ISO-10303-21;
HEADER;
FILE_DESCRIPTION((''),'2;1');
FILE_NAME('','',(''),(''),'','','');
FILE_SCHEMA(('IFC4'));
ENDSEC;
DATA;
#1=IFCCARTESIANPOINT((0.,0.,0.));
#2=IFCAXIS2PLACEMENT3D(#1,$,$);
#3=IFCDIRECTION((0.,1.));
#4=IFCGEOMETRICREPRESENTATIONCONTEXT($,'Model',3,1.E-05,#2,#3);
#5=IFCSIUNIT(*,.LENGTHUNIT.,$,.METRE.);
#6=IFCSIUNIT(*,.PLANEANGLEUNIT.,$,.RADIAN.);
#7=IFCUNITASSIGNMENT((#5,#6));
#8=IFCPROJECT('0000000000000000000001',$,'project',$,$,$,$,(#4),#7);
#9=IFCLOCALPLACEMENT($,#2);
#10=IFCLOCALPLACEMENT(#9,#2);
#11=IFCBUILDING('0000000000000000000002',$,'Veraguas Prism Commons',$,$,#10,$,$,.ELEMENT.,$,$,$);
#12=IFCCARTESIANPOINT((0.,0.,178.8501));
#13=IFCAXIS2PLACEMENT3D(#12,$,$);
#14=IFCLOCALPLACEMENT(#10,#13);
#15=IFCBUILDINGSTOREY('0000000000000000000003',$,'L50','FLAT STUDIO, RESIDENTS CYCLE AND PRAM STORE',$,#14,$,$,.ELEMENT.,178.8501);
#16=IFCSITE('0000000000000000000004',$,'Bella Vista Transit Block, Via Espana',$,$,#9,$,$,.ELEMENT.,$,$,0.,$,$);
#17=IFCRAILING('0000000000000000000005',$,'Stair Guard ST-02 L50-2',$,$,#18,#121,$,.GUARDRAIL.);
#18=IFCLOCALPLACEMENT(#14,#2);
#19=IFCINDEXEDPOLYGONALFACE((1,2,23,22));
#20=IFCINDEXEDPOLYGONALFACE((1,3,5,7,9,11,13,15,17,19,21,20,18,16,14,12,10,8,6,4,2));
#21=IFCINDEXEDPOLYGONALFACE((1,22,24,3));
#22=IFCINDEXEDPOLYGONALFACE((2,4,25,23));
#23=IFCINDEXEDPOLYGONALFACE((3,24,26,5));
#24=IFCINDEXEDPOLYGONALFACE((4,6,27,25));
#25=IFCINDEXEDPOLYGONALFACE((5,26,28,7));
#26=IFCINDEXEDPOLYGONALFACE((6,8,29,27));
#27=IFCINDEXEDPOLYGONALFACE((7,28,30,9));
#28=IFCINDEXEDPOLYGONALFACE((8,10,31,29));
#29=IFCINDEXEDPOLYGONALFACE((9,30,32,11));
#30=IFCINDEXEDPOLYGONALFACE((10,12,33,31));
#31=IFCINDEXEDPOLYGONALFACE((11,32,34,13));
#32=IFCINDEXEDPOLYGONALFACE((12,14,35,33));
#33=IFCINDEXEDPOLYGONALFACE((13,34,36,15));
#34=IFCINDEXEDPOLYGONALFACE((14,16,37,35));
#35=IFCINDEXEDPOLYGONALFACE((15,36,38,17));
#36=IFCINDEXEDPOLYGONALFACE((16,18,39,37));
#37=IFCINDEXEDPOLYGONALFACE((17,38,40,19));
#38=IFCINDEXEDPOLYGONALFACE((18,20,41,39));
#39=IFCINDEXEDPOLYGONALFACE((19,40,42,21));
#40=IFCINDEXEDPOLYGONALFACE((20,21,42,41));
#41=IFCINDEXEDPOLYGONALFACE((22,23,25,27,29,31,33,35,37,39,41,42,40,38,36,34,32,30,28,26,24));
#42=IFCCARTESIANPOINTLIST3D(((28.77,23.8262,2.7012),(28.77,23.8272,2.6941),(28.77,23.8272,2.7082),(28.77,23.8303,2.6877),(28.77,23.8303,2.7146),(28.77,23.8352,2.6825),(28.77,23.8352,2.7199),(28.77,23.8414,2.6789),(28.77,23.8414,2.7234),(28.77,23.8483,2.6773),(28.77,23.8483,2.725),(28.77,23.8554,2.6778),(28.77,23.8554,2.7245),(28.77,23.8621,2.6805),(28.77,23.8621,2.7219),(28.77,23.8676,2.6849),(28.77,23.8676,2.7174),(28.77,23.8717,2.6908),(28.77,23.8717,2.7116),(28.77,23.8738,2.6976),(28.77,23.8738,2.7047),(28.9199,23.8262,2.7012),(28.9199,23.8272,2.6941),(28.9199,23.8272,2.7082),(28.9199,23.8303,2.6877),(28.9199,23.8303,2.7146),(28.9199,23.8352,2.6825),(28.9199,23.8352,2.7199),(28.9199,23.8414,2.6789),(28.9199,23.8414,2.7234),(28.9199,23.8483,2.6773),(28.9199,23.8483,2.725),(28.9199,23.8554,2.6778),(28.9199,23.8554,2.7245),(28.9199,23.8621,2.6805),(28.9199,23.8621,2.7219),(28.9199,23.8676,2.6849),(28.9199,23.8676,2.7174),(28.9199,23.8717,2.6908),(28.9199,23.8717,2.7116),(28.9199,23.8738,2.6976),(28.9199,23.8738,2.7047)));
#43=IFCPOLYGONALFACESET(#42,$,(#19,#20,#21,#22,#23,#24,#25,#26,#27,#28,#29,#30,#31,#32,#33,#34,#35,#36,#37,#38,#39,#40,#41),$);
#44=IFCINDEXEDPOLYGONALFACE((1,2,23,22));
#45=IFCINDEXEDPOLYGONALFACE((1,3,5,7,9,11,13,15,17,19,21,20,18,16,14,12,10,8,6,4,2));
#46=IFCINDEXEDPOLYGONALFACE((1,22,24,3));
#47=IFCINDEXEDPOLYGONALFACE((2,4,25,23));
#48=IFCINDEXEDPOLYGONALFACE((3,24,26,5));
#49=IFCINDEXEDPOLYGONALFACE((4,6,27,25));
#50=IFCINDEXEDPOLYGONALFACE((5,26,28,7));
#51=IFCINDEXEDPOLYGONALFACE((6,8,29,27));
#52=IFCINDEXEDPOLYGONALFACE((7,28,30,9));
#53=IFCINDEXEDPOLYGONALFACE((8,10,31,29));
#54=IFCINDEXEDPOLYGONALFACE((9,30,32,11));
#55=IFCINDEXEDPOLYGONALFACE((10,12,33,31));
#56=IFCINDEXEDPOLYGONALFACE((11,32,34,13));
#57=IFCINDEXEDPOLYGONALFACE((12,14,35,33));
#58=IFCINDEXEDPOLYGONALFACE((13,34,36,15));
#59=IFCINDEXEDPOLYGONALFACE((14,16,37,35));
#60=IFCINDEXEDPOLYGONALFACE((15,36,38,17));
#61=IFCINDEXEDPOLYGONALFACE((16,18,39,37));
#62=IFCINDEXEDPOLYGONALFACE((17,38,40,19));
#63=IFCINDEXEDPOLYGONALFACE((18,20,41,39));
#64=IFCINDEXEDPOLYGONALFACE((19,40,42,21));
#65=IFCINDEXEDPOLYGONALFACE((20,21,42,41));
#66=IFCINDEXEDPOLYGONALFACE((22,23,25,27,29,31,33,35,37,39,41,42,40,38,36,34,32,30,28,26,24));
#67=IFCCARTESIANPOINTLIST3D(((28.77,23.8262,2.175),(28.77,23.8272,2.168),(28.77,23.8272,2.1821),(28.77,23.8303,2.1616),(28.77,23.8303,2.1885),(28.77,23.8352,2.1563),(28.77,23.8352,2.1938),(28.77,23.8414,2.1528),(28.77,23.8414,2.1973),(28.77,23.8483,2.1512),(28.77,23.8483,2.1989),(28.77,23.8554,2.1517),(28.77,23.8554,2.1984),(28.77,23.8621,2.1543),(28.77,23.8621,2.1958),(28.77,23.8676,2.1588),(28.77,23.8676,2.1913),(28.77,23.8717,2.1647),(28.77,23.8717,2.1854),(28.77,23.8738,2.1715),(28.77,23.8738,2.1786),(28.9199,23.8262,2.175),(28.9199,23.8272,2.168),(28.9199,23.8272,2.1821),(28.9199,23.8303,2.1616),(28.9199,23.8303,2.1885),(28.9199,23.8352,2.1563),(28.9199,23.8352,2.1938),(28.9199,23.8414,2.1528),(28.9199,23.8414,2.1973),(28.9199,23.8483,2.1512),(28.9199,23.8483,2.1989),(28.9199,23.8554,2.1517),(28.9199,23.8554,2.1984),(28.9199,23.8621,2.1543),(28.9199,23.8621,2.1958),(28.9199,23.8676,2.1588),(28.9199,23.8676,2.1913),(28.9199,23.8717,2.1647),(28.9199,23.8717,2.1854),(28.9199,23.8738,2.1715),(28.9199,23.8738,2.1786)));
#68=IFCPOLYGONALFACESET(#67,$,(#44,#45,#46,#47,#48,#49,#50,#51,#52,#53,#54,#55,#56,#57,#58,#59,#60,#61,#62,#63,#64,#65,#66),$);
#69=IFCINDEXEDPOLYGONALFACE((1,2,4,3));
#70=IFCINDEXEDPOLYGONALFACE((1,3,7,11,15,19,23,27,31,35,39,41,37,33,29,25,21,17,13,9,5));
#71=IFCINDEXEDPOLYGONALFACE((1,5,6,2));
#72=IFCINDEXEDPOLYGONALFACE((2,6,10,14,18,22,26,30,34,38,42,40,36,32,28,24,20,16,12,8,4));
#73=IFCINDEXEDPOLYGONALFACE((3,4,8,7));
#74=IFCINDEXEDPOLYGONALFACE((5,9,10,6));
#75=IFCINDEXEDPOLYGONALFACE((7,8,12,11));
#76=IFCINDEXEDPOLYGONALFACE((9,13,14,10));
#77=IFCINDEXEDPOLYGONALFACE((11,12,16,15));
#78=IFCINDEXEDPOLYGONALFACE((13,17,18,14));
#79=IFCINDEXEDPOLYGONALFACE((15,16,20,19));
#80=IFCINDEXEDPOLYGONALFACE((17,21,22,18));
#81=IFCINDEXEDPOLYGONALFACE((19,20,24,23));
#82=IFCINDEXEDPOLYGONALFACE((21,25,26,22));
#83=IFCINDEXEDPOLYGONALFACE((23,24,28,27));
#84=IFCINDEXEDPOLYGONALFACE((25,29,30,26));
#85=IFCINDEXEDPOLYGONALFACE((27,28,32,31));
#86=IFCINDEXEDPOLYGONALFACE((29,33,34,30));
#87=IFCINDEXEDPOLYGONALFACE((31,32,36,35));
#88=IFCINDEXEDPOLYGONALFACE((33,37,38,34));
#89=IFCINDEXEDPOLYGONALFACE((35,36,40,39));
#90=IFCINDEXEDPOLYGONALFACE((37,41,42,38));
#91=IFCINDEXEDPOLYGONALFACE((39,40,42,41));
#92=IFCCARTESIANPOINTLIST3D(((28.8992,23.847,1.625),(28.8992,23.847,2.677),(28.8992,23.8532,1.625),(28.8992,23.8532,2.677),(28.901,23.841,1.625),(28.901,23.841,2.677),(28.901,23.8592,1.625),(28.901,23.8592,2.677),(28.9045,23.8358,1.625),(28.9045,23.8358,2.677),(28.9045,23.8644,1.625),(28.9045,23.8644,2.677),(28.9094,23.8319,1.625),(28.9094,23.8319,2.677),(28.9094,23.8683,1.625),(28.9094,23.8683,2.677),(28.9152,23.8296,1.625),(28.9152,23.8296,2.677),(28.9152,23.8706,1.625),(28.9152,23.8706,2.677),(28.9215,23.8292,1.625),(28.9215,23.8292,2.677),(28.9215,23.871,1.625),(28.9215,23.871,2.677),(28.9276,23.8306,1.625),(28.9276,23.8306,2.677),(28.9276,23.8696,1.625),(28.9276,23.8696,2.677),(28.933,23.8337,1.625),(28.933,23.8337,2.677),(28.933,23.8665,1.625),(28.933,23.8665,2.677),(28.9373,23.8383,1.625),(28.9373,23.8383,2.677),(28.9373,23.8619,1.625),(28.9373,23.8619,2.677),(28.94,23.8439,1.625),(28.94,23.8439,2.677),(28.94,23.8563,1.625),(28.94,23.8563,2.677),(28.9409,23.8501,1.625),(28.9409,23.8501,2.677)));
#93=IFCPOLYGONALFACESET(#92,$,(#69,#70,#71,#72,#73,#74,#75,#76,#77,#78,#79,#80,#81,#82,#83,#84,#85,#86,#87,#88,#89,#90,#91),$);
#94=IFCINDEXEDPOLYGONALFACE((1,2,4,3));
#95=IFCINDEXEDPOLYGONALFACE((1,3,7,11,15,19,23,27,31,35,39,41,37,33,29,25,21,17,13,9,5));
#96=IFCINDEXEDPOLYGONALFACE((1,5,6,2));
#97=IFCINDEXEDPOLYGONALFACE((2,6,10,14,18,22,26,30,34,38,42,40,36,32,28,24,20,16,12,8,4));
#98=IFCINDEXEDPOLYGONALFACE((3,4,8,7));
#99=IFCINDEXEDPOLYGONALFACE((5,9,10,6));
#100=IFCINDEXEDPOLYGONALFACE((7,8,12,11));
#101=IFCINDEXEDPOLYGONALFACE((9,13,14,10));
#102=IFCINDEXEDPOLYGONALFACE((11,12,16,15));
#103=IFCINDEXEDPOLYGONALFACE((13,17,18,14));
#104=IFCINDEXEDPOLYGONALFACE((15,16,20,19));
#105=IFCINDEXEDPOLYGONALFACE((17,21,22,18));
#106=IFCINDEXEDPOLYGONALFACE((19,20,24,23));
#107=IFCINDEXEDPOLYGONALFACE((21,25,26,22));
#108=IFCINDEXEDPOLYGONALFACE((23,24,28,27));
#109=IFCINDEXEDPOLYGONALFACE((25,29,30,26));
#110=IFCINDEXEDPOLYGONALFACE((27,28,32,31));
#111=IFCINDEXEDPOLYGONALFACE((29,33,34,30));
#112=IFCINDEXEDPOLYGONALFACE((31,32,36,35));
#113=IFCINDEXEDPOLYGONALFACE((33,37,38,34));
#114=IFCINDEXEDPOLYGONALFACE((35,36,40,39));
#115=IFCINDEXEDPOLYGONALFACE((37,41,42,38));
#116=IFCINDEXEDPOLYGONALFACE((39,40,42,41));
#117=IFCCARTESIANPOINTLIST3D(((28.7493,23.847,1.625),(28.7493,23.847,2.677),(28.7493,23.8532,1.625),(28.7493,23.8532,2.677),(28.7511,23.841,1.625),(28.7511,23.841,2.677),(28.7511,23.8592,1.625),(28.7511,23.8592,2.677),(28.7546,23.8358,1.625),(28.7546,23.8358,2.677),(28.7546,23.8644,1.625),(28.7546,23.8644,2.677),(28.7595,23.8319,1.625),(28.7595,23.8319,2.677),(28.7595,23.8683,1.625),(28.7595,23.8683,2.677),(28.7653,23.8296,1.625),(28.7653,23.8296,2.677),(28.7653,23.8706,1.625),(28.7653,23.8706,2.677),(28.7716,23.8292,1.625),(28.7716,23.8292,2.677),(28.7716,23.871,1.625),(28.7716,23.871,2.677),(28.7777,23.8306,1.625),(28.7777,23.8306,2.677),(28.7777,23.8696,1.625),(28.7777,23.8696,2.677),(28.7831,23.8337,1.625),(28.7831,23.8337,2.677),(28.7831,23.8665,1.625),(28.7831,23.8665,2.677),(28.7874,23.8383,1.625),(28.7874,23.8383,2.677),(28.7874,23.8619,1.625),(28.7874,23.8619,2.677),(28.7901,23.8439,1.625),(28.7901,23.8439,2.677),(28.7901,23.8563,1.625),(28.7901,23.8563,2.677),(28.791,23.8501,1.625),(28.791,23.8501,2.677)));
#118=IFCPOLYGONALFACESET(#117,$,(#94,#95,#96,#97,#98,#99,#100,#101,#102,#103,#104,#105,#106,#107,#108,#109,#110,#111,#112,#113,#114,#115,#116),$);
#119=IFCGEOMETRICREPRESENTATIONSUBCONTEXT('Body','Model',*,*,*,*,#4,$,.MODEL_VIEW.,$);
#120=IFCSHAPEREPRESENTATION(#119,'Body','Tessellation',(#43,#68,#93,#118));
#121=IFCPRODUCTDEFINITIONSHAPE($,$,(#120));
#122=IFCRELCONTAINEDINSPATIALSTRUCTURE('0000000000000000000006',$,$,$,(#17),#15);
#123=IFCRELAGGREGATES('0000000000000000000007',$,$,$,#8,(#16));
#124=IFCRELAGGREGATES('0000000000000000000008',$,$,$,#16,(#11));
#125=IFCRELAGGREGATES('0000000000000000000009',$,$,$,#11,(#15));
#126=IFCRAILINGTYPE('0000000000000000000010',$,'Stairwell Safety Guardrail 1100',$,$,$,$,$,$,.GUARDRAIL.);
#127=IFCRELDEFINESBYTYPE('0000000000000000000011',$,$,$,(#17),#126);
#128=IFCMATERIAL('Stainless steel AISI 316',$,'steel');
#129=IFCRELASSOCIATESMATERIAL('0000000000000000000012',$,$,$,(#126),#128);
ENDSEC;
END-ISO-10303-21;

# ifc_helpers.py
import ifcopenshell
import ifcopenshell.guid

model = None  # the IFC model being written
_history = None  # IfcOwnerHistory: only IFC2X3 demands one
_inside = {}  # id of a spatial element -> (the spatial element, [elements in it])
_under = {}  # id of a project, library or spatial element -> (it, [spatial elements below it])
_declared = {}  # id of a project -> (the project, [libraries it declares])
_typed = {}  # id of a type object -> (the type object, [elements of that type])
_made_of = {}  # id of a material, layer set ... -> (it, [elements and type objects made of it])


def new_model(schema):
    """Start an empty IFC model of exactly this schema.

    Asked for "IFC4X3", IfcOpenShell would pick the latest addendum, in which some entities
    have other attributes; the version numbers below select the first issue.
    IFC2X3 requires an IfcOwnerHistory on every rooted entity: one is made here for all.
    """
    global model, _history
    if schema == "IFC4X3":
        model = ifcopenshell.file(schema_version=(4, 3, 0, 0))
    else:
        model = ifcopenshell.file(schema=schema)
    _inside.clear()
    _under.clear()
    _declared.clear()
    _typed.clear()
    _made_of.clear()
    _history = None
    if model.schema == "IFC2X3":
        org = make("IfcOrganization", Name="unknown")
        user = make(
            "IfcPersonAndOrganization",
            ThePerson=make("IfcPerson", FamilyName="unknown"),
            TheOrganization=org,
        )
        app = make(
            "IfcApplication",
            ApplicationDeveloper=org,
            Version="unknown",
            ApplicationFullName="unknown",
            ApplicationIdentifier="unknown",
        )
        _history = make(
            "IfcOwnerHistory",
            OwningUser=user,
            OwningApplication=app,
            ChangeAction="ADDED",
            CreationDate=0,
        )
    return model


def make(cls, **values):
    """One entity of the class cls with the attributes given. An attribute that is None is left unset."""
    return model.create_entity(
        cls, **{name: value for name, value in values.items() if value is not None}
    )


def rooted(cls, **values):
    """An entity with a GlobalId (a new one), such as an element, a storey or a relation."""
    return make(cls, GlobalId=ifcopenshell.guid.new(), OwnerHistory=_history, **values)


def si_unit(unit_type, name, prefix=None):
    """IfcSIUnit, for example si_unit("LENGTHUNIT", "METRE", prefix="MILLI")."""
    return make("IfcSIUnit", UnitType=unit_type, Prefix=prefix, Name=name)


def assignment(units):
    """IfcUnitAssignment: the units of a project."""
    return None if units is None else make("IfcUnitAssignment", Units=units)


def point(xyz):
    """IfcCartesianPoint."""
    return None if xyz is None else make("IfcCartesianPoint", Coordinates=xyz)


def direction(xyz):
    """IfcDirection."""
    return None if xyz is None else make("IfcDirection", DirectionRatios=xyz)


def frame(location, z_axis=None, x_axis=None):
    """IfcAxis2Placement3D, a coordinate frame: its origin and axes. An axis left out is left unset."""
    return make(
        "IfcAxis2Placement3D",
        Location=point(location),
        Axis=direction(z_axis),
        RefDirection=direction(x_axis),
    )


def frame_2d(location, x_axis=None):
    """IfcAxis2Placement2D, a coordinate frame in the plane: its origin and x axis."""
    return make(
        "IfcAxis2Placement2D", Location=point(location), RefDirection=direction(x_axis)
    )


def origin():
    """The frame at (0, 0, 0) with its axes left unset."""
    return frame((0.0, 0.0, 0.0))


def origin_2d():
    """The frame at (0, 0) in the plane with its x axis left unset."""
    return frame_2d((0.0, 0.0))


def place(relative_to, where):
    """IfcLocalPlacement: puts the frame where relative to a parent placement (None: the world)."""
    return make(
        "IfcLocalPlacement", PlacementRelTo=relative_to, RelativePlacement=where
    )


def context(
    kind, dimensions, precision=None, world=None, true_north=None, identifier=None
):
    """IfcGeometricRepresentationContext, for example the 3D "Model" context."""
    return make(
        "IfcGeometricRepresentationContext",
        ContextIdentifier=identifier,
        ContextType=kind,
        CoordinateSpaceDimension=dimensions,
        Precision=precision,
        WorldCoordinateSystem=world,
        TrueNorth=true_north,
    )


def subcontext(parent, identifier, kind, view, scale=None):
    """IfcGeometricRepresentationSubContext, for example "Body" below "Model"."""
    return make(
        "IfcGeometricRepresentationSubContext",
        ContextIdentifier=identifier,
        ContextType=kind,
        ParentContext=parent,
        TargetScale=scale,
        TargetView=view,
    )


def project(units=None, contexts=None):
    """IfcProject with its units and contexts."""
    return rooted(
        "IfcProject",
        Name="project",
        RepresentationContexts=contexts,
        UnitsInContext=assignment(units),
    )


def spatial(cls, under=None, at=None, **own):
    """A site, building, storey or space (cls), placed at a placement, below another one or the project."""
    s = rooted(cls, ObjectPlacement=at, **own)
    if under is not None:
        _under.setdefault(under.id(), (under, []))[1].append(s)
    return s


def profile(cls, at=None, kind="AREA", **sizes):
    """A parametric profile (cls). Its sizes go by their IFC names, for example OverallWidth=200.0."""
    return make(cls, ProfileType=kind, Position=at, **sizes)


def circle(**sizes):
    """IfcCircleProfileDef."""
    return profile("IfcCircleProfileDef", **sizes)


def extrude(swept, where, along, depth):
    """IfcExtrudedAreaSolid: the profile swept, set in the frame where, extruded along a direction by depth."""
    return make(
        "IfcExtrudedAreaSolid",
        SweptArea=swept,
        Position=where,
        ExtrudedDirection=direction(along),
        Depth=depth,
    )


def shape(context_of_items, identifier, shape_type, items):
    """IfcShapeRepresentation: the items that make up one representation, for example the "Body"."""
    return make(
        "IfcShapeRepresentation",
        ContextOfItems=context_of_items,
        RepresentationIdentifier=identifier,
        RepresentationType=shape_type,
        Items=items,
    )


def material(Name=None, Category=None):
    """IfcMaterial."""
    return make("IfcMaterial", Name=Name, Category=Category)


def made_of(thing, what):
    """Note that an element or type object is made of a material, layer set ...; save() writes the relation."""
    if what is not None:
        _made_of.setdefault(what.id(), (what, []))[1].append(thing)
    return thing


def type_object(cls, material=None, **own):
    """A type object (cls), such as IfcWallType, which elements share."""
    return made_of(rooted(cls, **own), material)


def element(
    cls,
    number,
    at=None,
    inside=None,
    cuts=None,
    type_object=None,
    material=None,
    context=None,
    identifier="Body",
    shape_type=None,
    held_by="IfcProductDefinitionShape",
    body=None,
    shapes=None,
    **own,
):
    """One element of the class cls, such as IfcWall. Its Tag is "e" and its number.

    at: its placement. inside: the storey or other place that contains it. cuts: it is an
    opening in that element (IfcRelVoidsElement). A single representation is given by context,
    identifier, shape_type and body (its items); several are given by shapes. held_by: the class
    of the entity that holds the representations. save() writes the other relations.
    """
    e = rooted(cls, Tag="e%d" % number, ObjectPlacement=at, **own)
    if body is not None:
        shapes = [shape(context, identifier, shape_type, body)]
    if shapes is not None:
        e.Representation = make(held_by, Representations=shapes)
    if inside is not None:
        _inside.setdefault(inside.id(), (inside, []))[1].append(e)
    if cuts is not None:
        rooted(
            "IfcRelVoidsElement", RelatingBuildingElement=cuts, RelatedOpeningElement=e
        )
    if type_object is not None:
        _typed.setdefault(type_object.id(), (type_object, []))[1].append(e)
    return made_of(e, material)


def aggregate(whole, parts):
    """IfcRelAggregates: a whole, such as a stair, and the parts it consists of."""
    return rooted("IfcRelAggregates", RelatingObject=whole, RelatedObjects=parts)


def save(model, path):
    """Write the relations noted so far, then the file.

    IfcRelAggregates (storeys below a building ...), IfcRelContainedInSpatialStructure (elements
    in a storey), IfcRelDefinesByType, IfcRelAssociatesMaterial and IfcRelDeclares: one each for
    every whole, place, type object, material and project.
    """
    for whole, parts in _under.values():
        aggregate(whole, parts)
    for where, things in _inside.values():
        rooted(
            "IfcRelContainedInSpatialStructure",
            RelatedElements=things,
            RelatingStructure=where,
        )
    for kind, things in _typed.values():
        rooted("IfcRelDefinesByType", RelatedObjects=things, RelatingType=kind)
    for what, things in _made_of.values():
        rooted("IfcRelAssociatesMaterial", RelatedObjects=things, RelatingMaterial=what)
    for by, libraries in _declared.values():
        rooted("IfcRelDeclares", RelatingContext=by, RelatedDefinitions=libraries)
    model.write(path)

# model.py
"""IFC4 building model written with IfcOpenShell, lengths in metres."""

from ifc_helpers import new_model, si_unit, direction, frame, origin, origin_2d, place, context, subcontext, project, spatial, circle, extrude, material, type_object, element, save


model = new_model("IFC4")

# Units and contexts
model_context = context("Model", 3, precision=1e-05, world=origin(), true_north=direction((0.0, 1.0)))
body_context = subcontext(model_context, "Body", "Model", "MODEL_VIEW")
ifc_project = project(units=[si_unit("LENGTHUNIT", "METRE"), si_unit("PLANEANGLEUNIT", "RADIAN")], contexts=[model_context])

# Site, building, storey
site_placement = place(None, origin())
site = spatial("IfcSite", under=ifc_project, at=site_placement, Name="Bella Vista Transit Block, Via Espana", CompositionType="ELEMENT", RefElevation=0.0)
building_placement = place(site_placement, origin())
building = spatial("IfcBuilding", under=site, at=building_placement, Name="Veraguas Prism Commons", CompositionType="ELEMENT")
storey_placement = place(building_placement, frame((0.0, 0.0, 178.8501)))
storey = spatial("IfcBuildingStorey", under=building, at=storey_placement, Name="L50", Description="FLAT STUDIO, RESIDENTS CYCLE AND PRAM STORE", CompositionType="ELEMENT", Elevation=178.8501)

# Shared definitions
ifc_material_1 = material(Name="Stainless steel AISI 316", Category="steel")

# Railing
railing_type_1 = type_object("IfcRailingType", Name="Stairwell Safety Guardrail 1100", PredefinedType="GUARDRAIL", material=ifc_material_1)
railing_1_placement = place(storey_placement, frame((28.9199, 23.8501, 1.625)))
element("IfcRailing", 1, at=railing_1_placement, inside=storey, type_object=railing_type_1, Name="Stair Guard ST-02 L50-2", PredefinedType="GUARDRAIL", context=body_context, shape_type="SweptSolid", body=[
    extrude(circle(Radius=0.0239, at=origin_2d()), frame((0.0, 0.0, 1.0762), z_axis=(-1.0, 0.0, 0.0), x_axis=(0.0, -1.0, 0.0)), (0.0, 0.0, 1.0), 0.1499),
    extrude(circle(Radius=0.0239, at=origin_2d()), frame((0.0, 0.0, 0.55), z_axis=(-1.0, 0.0, 0.0), x_axis=(0.0, -1.0, 0.0)), (0.0, 0.0, 1.0), 0.1499),
    extrude(circle(Radius=0.021, at=origin_2d()), origin(), (0.0, 0.0, 1.0), 1.052),
    extrude(circle(Radius=0.021, at=origin_2d()), frame((-0.1499, 0.0, 0.0)), (0.0, 0.0, 1.0), 1.052),
])

save(model, "model.ifc")
